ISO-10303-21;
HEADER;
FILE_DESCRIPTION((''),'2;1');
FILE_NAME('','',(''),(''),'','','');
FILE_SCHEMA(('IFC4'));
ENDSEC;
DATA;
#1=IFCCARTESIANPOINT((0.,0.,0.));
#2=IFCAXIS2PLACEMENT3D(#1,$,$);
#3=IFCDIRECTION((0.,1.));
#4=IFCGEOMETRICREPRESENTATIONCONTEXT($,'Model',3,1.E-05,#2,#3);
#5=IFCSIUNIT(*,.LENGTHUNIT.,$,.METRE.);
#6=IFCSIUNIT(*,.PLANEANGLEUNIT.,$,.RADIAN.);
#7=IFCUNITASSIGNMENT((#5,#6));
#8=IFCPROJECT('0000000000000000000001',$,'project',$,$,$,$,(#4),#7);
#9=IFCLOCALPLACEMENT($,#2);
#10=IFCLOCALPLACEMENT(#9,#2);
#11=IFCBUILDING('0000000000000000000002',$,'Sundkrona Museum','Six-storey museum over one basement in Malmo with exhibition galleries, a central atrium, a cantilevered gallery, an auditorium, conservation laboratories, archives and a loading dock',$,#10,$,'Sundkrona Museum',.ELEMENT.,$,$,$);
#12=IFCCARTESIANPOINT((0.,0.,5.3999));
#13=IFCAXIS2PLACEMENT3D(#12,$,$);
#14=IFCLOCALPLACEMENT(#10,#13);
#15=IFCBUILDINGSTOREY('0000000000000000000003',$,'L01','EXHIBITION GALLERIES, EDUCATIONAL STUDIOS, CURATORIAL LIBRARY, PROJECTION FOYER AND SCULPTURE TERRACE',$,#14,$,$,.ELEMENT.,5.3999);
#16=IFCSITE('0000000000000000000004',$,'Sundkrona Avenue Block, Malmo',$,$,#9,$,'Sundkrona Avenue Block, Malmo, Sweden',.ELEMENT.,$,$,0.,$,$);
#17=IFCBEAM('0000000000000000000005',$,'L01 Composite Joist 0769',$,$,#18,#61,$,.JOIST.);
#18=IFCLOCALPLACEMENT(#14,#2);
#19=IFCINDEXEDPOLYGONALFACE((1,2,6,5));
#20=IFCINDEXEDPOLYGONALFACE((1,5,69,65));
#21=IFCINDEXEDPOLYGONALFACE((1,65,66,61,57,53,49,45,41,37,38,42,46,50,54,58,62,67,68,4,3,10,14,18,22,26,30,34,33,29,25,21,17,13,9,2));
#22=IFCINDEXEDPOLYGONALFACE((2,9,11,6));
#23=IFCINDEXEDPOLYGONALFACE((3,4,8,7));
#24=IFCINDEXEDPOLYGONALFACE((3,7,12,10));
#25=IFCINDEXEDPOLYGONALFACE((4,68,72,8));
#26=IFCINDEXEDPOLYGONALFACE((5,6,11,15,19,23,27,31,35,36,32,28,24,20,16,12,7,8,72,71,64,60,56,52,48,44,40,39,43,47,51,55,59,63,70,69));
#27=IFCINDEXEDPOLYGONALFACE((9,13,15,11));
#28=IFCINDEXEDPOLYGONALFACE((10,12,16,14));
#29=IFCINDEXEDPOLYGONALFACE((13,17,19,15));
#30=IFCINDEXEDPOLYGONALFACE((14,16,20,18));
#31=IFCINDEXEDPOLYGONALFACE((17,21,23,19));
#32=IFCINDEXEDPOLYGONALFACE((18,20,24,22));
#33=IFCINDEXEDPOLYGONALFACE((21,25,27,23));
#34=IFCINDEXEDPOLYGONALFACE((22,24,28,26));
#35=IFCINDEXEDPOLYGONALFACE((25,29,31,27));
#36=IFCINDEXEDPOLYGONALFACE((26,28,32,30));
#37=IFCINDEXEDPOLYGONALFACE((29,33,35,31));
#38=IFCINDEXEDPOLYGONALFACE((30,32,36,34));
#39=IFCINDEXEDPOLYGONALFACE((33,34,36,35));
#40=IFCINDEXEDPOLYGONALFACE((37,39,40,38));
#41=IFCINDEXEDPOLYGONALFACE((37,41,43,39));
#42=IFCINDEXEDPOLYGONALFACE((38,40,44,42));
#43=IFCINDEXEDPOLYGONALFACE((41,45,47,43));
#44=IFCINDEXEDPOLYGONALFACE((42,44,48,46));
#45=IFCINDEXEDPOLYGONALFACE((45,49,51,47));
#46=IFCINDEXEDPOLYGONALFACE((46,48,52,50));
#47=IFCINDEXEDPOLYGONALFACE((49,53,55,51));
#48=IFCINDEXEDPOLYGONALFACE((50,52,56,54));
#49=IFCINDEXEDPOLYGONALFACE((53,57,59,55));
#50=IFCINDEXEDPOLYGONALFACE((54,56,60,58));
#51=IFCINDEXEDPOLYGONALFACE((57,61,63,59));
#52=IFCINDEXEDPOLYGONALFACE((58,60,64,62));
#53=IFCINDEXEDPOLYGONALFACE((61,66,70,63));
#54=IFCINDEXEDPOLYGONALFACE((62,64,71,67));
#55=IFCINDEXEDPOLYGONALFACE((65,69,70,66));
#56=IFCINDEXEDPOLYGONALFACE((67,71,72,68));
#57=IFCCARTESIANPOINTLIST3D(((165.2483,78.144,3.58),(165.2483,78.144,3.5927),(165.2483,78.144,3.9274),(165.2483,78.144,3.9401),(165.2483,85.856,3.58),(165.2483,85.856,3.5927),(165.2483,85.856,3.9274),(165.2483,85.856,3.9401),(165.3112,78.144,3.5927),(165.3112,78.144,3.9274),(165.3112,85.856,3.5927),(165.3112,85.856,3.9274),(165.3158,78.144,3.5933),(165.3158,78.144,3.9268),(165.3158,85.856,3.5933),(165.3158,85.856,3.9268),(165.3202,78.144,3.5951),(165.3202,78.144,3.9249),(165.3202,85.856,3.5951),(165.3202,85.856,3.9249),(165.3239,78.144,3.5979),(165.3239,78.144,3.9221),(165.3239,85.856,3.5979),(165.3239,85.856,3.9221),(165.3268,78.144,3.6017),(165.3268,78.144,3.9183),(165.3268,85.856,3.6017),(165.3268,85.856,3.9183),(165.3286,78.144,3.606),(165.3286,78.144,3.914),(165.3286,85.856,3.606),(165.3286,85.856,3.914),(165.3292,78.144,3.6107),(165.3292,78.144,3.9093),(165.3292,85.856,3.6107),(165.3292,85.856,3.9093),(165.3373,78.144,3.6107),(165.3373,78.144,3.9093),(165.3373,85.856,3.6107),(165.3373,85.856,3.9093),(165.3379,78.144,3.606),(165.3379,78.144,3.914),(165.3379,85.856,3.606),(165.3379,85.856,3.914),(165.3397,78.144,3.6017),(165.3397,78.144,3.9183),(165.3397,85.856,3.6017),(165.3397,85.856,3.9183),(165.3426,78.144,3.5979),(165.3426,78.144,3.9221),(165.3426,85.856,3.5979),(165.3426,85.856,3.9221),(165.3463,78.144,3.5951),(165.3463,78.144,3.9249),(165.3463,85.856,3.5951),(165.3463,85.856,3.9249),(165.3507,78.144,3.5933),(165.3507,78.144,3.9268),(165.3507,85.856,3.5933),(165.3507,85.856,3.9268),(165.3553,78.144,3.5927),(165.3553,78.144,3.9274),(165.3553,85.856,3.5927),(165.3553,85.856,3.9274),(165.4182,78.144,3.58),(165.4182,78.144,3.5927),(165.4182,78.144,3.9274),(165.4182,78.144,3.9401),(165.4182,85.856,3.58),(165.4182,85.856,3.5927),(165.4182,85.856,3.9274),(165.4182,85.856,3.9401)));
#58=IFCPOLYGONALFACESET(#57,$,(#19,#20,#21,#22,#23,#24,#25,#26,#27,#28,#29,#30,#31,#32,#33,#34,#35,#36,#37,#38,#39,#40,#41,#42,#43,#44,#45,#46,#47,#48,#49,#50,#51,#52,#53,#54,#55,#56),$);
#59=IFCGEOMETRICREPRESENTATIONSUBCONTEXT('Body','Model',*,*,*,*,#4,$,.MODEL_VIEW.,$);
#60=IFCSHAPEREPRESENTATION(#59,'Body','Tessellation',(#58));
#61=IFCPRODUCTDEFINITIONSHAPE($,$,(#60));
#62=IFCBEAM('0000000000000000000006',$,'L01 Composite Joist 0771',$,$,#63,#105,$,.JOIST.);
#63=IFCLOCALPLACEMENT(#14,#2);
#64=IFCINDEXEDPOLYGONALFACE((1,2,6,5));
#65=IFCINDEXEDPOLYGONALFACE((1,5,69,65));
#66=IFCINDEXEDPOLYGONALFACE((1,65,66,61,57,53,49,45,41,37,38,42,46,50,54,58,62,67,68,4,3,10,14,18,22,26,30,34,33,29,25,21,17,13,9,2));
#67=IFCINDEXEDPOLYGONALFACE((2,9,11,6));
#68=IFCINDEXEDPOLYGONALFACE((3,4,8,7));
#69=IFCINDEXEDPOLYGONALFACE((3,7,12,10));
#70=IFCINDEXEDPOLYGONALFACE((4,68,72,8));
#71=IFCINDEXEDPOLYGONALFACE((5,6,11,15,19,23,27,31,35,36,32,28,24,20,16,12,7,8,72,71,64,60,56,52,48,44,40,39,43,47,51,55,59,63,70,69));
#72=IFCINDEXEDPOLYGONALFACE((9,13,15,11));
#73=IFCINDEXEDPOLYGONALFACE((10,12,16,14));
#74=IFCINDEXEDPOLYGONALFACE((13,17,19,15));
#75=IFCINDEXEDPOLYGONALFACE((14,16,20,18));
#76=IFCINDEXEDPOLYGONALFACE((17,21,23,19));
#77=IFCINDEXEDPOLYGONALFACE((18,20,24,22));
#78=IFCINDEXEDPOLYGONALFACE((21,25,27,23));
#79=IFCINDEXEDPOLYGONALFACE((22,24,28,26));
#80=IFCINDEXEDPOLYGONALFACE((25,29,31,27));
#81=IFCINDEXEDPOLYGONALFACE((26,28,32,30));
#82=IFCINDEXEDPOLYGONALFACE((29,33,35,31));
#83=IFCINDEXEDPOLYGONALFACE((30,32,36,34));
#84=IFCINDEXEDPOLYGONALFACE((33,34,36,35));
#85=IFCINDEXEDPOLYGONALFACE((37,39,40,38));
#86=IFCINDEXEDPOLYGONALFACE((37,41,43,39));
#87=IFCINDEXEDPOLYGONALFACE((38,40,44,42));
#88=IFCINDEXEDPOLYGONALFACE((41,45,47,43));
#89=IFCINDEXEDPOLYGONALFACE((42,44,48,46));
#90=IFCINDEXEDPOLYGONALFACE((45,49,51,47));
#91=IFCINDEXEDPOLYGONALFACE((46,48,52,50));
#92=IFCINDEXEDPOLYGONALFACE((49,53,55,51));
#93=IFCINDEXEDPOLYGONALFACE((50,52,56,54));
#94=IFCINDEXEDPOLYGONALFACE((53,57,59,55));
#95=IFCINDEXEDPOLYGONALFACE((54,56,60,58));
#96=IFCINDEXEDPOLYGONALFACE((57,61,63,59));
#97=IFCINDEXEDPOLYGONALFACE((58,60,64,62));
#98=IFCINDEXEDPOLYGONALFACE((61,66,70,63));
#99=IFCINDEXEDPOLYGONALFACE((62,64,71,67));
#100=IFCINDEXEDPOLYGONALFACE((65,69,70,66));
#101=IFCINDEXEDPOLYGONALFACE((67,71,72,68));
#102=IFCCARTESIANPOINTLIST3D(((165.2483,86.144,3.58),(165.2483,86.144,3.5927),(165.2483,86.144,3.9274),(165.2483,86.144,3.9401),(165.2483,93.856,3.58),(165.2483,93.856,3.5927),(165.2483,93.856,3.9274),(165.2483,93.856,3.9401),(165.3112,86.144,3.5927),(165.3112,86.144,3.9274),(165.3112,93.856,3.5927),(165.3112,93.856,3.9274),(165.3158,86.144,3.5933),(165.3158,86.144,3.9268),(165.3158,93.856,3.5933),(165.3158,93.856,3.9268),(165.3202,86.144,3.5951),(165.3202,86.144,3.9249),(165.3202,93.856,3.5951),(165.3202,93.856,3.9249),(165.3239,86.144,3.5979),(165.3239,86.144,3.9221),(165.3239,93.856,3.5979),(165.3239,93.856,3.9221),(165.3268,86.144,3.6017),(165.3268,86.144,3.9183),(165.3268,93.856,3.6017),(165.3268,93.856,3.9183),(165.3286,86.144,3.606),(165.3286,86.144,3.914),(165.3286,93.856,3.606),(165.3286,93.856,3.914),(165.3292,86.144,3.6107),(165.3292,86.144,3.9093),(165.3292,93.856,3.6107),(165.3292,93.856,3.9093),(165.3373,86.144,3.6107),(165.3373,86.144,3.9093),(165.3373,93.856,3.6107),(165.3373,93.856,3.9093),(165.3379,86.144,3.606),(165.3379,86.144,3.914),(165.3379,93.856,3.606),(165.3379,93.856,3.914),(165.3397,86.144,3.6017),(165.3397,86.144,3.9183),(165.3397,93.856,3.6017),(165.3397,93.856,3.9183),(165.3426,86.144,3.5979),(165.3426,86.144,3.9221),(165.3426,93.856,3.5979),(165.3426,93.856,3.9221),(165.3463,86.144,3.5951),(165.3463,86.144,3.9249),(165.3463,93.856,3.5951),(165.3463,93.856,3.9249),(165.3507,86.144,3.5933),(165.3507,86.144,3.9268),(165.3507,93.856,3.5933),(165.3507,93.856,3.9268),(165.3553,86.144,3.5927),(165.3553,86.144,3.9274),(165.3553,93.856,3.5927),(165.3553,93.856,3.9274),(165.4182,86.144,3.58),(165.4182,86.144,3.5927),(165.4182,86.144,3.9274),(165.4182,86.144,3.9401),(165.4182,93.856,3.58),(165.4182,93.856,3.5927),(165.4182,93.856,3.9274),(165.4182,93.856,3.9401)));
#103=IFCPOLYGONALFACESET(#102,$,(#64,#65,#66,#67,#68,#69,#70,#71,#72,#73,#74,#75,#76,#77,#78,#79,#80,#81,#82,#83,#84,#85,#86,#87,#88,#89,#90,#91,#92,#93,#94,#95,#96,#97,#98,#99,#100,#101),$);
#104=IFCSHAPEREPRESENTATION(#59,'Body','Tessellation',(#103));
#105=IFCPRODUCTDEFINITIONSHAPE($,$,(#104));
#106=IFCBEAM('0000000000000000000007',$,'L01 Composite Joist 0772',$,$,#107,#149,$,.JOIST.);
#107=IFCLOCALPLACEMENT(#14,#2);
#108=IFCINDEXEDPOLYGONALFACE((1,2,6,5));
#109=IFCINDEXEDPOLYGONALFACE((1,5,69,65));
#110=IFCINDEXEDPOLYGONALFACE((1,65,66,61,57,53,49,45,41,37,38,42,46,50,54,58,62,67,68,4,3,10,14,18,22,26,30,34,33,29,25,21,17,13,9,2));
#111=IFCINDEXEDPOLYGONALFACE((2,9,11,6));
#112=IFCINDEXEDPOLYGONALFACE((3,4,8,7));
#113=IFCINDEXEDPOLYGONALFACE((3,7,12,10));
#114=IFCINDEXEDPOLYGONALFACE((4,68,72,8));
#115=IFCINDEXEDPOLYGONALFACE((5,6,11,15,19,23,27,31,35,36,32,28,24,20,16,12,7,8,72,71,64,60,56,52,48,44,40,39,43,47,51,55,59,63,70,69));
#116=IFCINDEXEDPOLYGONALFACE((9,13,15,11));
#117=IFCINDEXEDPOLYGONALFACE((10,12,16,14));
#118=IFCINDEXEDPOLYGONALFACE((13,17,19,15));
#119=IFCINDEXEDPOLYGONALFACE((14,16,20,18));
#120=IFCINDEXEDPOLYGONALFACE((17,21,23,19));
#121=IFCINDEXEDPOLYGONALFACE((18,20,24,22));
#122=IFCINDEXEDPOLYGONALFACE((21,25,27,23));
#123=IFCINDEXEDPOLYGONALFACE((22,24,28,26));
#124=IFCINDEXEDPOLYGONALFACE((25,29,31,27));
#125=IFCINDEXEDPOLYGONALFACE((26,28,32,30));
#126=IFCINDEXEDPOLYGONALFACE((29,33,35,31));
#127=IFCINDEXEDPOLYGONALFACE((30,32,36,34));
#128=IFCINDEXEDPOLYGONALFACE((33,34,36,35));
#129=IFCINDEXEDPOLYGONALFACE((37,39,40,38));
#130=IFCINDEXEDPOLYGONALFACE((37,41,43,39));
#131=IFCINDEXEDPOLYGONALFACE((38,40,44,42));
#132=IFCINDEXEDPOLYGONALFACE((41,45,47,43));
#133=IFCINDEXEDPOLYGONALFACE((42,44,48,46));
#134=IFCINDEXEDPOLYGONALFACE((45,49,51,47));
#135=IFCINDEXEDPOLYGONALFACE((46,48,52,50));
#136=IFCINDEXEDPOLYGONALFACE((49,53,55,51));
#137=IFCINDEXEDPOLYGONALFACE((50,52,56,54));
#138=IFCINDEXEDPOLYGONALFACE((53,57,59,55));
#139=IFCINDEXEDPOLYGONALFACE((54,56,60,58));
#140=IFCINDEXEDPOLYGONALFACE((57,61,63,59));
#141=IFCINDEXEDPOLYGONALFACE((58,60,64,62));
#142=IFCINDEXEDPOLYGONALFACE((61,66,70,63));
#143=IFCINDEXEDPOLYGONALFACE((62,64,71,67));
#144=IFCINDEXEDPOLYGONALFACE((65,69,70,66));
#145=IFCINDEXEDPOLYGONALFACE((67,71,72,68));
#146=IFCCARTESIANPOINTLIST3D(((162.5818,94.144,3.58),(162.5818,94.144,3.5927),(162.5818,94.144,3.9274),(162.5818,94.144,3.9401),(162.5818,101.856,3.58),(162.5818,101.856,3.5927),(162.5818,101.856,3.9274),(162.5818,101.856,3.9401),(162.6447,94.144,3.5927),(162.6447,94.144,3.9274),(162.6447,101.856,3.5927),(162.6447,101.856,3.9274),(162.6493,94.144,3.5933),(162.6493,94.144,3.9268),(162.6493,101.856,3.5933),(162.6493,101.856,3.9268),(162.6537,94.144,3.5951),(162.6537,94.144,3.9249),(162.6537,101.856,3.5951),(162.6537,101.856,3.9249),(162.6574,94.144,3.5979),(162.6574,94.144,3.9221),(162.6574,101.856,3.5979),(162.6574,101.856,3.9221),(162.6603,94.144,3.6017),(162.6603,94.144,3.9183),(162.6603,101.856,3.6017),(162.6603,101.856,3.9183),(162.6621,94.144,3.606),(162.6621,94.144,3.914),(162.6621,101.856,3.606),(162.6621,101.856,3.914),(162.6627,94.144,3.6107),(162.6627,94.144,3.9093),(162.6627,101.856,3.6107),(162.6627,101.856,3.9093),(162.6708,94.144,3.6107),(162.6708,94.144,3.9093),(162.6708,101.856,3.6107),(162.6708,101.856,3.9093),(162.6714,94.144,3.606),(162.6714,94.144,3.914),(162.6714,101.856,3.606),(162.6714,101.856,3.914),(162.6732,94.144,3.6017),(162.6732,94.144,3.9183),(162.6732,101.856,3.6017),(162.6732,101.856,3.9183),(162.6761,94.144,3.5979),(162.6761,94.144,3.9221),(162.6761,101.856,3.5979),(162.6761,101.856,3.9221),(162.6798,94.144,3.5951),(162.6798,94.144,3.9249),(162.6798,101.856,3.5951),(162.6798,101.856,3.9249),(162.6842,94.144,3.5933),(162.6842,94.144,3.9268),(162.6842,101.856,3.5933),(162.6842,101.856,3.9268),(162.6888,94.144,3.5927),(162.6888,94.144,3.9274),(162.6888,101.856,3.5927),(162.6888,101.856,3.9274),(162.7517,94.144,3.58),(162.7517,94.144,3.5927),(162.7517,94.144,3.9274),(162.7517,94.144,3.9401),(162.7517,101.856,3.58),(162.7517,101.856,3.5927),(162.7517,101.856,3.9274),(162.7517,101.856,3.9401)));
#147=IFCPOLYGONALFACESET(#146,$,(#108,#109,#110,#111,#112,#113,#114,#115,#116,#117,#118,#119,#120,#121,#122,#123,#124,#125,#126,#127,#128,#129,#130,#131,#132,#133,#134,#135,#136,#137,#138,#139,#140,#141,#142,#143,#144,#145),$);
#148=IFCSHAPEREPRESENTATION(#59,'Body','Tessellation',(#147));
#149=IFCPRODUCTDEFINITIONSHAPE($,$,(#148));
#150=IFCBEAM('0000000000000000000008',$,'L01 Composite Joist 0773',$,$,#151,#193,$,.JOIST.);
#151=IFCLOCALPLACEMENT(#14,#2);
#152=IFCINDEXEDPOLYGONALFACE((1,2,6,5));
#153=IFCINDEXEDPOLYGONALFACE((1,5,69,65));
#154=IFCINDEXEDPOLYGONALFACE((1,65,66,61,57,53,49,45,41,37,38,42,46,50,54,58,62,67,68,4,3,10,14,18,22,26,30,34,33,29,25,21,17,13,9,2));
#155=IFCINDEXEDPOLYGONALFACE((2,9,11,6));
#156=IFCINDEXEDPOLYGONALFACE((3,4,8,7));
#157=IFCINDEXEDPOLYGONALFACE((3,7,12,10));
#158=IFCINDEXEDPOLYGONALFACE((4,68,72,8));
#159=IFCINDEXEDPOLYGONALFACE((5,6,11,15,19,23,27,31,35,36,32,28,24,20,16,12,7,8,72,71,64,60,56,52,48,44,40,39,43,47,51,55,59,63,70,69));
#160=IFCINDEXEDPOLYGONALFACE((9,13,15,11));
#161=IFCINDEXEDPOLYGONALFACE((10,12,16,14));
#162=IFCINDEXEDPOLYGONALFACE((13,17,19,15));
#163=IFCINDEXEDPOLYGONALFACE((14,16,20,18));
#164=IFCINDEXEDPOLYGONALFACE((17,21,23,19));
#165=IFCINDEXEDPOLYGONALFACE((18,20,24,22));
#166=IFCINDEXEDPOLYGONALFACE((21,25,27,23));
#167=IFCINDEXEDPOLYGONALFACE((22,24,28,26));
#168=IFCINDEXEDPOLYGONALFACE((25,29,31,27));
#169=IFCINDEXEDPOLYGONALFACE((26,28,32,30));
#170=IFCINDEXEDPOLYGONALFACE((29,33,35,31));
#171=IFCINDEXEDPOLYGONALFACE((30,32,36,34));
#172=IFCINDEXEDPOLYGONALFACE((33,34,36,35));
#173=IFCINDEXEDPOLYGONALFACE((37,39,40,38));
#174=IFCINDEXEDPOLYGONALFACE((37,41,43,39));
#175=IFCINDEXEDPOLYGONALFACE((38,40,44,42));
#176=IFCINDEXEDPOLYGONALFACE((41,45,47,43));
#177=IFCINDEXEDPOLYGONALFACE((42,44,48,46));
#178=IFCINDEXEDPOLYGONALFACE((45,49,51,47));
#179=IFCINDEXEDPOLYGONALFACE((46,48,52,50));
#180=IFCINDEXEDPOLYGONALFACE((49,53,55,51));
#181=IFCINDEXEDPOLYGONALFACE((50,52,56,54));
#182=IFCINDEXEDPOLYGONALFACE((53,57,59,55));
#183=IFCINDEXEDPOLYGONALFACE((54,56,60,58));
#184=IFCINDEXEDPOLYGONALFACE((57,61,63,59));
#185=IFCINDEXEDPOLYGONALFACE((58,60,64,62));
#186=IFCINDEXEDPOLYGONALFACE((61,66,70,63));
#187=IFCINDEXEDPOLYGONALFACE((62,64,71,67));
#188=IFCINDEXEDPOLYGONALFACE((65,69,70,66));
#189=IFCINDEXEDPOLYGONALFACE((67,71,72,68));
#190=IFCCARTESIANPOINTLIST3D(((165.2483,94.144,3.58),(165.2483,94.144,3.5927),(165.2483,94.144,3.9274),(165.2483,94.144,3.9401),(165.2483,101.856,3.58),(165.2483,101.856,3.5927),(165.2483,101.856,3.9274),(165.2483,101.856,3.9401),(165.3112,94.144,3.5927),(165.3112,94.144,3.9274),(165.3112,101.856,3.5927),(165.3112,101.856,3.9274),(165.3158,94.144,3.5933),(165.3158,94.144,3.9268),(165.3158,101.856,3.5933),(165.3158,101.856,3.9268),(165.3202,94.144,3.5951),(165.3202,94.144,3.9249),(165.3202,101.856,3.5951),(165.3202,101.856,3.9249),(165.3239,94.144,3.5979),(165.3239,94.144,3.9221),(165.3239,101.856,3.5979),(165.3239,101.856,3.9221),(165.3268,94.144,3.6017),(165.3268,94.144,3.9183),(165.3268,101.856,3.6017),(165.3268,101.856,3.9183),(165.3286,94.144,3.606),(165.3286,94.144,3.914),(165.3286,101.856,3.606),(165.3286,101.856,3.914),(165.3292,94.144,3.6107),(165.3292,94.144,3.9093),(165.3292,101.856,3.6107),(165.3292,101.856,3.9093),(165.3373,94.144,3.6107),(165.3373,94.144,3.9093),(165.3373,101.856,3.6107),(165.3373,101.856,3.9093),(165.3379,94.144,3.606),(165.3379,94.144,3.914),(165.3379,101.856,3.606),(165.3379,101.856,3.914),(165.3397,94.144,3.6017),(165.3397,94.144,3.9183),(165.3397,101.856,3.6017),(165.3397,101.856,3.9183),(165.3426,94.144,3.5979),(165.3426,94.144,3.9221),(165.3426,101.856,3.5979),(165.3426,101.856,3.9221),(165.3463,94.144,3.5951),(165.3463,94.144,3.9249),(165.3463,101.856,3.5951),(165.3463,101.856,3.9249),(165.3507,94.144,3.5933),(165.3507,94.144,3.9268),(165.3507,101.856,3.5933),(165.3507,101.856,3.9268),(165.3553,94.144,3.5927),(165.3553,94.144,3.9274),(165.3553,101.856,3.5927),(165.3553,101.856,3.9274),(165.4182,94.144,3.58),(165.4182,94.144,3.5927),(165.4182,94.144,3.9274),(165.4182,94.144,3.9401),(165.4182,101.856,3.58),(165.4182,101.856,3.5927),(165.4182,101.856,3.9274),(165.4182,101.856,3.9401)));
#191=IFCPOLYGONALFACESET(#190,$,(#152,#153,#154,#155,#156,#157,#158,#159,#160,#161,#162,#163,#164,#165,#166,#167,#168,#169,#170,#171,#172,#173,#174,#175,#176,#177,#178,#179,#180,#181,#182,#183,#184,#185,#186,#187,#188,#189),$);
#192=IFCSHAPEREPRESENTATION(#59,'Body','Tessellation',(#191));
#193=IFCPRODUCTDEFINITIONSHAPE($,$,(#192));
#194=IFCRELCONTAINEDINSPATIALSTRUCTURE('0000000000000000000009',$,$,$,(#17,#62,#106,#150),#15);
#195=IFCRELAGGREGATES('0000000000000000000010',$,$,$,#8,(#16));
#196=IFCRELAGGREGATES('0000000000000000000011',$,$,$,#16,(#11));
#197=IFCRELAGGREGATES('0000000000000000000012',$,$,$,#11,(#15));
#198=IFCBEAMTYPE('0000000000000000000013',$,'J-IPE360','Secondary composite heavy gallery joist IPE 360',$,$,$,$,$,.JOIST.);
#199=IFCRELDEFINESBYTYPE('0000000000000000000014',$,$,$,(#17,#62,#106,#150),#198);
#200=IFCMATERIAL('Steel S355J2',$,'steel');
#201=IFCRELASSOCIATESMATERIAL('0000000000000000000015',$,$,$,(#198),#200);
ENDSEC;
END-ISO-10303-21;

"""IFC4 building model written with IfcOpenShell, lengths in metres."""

from ifc_helpers import new_model, si_unit, direction, frame, origin, origin_2d, place, context, subcontext, project, spatial, i_section, extrude, material, material_profile, profile_set, type_object, element, save


model = new_model("IFC4")

# Units and contexts
model_context = context("Model", 3, precision=1e-05, world=origin(), true_north=direction((0.0, 1.0)))
body_context = subcontext(model_context, "Body", "Model", "MODEL_VIEW")
ifc_project = project(units=[si_unit("LENGTHUNIT", "METRE"), si_unit("PLANEANGLEUNIT", "RADIAN")], contexts=[model_context])

# Site, building, storey
site_placement = place(None, origin())
site = spatial("IfcSite", under=ifc_project, at=site_placement, Name="Sundkrona Avenue Block, Malmo", LongName="Sundkrona Avenue Block, Malmo, Sweden", CompositionType="ELEMENT", RefElevation=0.0)
building_placement = place(site_placement, origin())
building = spatial("IfcBuilding", under=site, at=building_placement, Name="Sundkrona Museum", Description="Six-storey museum over one basement in Malmo with exhibition galleries, a central atrium, a cantilevered gallery, an auditorium, conservation laboratories, archives and a loading dock", LongName="Sundkrona Museum", CompositionType="ELEMENT")
storey_placement = place(building_placement, frame((0.0, 0.0, 5.3999)))
storey = spatial("IfcBuildingStorey", under=building, at=storey_placement, Name="L01", Description="EXHIBITION GALLERIES, EDUCATIONAL STUDIOS, CURATORIAL LIBRARY, PROJECTION FOYER AND SCULPTURE TERRACE", CompositionType="ELEMENT", Elevation=5.3999)

# Shared definitions
ifc_material_1 = material(Name="Steel S355J2", Category="steel")

# Beams
ifc_material_profile_1 = material_profile(ifc_material_1, i_section(OverallWidth=0.1699, OverallDepth=0.3601, WebThickness=0.0081, FlangeThickness=0.0127, FilletRadius=0.0181, at=origin_2d()), Name="IPE 360")
ifc_profile_set_1 = profile_set([ifc_material_profile_1], Name="Steel S355J2")
beam_type_1 = type_object("IfcBeamType", Name="J-IPE360", Description="Secondary composite heavy gallery joist IPE 360", PredefinedType="JOIST", material=ifc_profile_set_1)
for number, where, z_axis, x_axis, name in (
    (1, (165.3333, 78.144, 3.76), (0.0, 1.0, 0.0), (-1.0, 0.0, 0.0), "L01 Composite Joist 0769"),
    (2, (165.3333, 86.144, 3.76), (0.0, 1.0, 0.0), (-1.0, 0.0, 0.0), "L01 Composite Joist 0771"),
    (3, (162.6667, 94.144, 3.76), (0.0, 1.0, 0.0), (-1.0, 0.0, 0.0), "L01 Composite Joist 0772"),
    (4, (165.3333, 94.144, 3.76), (0.0, 1.0, 0.0), (-1.0, 0.0, 0.0), "L01 Composite Joist 0773"),
):
    element("IfcBeam", number, at=place(storey_placement, frame(where, z_axis=z_axis, x_axis=x_axis)), inside=storey, type_object=beam_type_1, Name=name, PredefinedType="JOIST", context=body_context, shape_type="SweptSolid", body=[
        extrude(i_section(OverallWidth=0.1699, OverallDepth=0.3601, WebThickness=0.0081, FlangeThickness=0.0127, FilletRadius=0.0181, at=origin_2d()), origin(), (0.0, 0.0, 1.0), 7.7119),
    ])

save(model, "model.ifc")
